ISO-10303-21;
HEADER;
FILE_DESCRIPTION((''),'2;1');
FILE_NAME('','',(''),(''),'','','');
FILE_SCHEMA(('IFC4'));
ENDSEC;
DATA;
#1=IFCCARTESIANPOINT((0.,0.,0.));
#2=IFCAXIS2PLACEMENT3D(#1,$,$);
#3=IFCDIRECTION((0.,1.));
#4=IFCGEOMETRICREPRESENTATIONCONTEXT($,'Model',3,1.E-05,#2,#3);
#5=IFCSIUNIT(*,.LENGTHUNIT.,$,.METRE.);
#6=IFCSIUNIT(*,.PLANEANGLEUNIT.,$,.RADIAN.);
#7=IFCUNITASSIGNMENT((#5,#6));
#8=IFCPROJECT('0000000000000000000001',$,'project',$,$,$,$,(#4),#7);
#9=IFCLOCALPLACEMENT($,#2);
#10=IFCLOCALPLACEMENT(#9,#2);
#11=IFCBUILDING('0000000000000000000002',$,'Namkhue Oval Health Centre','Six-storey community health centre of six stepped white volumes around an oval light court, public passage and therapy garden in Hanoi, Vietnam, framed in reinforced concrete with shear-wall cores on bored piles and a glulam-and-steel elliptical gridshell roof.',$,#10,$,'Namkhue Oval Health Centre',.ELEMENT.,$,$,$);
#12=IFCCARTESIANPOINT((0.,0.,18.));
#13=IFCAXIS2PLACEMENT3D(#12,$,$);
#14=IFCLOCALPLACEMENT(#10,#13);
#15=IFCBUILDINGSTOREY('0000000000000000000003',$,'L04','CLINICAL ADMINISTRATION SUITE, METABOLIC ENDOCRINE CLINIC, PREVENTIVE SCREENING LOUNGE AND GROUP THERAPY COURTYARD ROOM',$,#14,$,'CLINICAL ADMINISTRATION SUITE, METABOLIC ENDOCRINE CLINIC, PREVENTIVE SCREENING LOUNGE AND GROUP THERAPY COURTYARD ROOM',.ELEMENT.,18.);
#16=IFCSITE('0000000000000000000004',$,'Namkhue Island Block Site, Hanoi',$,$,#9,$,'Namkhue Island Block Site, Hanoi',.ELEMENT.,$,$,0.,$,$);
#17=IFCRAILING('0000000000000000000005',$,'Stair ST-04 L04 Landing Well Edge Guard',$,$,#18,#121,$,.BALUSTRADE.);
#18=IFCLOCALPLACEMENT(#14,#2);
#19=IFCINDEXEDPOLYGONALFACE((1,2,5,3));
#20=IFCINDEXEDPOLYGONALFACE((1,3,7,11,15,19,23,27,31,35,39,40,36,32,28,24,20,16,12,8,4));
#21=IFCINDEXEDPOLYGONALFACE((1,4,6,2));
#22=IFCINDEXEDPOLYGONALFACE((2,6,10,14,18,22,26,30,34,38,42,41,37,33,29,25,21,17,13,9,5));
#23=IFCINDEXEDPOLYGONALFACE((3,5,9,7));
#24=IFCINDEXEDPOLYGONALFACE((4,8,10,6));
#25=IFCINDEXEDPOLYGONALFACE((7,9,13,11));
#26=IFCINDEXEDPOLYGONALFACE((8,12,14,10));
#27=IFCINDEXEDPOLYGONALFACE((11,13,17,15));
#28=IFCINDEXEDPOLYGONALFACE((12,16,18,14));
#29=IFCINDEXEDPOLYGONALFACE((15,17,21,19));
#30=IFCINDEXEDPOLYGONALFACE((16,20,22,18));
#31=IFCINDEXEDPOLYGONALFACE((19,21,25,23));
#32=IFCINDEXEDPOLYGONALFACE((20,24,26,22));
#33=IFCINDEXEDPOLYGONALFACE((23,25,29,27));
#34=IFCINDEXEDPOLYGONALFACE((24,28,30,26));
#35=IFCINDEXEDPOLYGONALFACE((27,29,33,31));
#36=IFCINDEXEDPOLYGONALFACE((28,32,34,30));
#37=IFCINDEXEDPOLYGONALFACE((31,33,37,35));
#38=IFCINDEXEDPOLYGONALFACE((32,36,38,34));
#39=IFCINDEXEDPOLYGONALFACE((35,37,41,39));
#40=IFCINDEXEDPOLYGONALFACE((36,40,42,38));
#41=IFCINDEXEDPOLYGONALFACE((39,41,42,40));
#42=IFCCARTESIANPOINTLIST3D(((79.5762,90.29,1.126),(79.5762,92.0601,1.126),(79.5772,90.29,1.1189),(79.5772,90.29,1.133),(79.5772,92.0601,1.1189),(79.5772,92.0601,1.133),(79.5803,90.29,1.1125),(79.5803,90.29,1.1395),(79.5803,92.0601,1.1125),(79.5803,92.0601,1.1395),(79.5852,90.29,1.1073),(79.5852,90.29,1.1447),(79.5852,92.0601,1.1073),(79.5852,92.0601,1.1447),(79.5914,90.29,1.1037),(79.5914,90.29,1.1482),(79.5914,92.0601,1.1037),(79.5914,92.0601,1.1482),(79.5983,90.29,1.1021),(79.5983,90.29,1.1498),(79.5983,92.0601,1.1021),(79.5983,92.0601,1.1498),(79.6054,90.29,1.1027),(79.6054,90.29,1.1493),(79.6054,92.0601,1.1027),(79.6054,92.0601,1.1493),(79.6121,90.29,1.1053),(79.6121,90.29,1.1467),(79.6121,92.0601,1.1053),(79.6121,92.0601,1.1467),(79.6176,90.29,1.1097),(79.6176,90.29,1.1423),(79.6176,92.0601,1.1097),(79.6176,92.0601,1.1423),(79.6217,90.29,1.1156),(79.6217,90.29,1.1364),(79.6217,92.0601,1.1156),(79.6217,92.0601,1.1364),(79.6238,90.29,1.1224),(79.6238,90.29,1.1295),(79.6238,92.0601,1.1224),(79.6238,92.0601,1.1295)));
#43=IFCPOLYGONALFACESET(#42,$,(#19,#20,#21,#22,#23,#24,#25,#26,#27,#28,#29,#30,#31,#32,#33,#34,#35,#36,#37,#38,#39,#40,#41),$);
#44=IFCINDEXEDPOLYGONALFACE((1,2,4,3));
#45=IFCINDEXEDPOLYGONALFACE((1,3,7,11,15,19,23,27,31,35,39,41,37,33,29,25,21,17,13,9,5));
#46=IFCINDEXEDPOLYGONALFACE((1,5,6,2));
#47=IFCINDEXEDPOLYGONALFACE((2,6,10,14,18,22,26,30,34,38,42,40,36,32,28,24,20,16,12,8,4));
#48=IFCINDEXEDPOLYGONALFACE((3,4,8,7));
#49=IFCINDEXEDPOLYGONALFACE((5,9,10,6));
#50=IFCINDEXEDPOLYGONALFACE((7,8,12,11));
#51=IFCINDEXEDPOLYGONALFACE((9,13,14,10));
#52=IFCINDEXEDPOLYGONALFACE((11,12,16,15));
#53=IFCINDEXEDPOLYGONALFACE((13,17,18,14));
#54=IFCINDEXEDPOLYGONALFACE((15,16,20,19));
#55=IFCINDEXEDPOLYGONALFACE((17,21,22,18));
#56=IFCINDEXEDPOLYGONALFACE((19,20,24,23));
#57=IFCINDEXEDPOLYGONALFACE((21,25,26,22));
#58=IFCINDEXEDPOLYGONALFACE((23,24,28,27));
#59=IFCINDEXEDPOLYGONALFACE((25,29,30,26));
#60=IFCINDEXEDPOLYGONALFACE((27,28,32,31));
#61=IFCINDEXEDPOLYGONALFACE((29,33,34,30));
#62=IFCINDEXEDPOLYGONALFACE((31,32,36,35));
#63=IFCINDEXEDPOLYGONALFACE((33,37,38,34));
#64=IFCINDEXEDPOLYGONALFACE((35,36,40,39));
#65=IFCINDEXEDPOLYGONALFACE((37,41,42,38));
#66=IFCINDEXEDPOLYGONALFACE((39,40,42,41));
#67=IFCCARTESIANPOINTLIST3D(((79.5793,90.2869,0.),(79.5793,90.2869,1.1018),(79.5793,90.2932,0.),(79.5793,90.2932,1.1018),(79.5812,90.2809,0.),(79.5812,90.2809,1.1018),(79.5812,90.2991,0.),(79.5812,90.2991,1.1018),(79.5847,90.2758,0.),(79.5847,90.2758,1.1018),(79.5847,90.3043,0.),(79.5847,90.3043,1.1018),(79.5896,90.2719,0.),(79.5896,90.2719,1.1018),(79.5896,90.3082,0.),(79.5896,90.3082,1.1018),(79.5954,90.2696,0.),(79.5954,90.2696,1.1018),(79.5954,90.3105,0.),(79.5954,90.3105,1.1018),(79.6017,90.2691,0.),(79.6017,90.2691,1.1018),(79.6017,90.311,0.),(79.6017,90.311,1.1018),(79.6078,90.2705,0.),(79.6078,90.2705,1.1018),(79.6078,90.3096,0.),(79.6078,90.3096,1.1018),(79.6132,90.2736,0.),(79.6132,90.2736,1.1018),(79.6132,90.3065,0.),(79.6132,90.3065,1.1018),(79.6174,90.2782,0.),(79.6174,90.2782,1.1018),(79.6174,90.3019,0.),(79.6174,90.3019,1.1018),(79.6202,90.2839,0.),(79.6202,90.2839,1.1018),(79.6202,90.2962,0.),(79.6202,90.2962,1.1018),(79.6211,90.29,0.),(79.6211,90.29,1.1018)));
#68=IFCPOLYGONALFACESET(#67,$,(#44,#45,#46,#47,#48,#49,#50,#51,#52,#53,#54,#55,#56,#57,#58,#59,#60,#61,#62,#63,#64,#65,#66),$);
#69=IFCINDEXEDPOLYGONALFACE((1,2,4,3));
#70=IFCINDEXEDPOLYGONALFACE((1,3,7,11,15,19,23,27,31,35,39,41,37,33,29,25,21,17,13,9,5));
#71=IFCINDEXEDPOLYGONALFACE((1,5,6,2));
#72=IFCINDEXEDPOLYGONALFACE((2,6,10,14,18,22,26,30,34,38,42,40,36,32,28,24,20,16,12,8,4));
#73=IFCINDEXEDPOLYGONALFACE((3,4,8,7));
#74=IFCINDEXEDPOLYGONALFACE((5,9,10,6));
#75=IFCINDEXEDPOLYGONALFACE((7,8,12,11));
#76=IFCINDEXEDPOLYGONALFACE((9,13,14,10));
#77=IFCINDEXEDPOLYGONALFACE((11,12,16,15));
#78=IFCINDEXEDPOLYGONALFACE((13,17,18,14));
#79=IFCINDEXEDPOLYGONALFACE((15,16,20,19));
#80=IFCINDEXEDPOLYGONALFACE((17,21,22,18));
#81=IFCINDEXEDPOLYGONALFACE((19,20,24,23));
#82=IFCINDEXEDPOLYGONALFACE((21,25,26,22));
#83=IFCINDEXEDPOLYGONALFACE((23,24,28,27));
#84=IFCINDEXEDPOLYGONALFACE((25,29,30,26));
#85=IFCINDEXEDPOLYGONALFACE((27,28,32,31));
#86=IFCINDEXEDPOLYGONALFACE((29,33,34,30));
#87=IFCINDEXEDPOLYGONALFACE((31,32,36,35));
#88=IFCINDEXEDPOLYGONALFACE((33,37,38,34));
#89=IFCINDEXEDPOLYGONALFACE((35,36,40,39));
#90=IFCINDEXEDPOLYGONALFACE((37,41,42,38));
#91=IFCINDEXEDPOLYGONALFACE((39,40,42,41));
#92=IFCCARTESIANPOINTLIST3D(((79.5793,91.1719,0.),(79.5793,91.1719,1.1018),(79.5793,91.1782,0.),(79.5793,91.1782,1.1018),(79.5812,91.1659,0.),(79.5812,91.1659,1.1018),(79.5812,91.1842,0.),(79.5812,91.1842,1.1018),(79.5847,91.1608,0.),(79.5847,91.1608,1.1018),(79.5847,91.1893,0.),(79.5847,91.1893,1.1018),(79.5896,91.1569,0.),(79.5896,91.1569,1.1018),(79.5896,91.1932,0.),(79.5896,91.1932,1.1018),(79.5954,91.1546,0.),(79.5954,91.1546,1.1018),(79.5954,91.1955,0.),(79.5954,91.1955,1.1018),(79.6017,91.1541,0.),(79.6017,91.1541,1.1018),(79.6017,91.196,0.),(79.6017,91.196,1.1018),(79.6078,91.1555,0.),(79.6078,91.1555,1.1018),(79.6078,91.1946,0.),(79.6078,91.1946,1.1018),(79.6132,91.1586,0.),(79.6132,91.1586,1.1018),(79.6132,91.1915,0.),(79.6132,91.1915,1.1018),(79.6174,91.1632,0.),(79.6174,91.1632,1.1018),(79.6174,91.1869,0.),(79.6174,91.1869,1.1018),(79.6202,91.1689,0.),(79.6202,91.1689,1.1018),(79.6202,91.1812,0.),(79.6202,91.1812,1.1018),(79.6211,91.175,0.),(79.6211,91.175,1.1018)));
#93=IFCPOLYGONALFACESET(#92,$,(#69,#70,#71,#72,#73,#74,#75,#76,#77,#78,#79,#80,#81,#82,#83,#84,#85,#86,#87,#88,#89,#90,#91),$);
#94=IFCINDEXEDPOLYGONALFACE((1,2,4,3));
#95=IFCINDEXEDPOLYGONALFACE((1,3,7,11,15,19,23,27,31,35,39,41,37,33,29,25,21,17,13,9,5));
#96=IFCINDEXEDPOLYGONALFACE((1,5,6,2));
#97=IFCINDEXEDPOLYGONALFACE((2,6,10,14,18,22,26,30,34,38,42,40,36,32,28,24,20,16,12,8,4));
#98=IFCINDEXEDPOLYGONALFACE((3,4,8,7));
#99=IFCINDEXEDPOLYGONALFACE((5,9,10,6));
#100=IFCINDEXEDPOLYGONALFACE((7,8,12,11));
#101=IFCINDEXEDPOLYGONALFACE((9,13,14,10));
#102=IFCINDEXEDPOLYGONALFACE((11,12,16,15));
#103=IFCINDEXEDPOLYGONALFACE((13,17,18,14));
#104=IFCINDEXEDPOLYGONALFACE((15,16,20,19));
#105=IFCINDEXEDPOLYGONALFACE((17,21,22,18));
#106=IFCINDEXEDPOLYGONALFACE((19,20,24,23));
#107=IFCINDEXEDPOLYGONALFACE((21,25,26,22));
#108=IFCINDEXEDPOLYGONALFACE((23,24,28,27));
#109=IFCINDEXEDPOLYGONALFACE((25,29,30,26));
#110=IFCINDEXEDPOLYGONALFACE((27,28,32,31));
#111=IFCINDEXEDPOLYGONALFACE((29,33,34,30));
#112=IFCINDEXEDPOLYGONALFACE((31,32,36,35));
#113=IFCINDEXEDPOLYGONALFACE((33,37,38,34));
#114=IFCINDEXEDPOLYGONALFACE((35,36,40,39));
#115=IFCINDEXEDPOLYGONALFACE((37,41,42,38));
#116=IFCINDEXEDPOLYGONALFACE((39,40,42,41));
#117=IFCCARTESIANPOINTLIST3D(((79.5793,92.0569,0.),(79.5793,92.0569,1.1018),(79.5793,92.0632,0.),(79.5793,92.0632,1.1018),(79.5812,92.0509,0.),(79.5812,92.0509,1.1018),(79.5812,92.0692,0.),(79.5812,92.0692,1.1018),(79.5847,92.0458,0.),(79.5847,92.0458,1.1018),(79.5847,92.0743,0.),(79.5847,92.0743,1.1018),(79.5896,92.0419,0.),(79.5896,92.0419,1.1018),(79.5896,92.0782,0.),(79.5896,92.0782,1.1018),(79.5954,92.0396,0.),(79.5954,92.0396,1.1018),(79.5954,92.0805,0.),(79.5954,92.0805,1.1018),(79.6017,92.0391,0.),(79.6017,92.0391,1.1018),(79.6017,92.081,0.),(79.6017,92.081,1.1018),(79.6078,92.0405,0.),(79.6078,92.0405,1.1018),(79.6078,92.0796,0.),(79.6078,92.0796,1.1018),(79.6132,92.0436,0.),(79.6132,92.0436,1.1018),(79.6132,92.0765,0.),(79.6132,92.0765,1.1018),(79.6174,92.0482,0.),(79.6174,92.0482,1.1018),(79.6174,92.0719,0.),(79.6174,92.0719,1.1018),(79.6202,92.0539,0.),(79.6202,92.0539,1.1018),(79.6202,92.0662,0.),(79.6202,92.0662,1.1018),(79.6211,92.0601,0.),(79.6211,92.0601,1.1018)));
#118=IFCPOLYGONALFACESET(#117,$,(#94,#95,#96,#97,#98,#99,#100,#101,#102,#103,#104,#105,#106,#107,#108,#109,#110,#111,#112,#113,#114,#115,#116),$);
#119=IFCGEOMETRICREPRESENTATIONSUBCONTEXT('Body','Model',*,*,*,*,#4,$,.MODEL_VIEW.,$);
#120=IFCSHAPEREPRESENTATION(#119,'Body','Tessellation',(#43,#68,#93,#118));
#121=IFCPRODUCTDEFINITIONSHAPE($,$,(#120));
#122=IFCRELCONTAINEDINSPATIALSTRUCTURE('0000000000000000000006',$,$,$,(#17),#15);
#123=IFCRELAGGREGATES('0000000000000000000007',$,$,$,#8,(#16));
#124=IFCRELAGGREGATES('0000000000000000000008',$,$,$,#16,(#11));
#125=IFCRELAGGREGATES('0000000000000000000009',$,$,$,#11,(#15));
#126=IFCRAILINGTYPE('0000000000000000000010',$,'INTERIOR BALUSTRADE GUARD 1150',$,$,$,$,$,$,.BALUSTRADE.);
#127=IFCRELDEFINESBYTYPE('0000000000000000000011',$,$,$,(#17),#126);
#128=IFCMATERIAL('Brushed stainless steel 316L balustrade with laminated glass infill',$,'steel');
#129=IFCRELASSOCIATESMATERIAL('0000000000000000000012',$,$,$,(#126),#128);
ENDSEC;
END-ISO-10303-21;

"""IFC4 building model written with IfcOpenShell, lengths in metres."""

from ifc_helpers import new_model, si_unit, direction, frame, origin, origin_2d, place, context, subcontext, project, spatial, circle, extrude, material, type_object, element, save


model = new_model("IFC4")

# Units and contexts
model_context = context("Model", 3, precision=1e-05, world=origin(), true_north=direction((0.0, 1.0)))
body_context = subcontext(model_context, "Body", "Model", "MODEL_VIEW")
ifc_project = project(units=[si_unit("LENGTHUNIT", "METRE"), si_unit("PLANEANGLEUNIT", "RADIAN")], contexts=[model_context])

# Site, building, storey
site_placement = place(None, origin())
site = spatial("IfcSite", under=ifc_project, at=site_placement, Name="Namkhue Island Block Site, Hanoi", LongName="Namkhue Island Block Site, Hanoi", CompositionType="ELEMENT", RefElevation=0.0)
building_placement = place(site_placement, origin())
building = spatial("IfcBuilding", under=site, at=building_placement, Name="Namkhue Oval Health Centre", Description="Six-storey community health centre of six stepped white volumes around an oval light court, public passage and therapy garden in Hanoi, Vietnam, framed in reinforced concrete with shear-wall cores on bored piles and a glulam-and-steel elliptical gridshell roof.", LongName="Namkhue Oval Health Centre", CompositionType="ELEMENT")
storey_placement = place(building_placement, frame((0.0, 0.0, 18.0)))
storey = spatial("IfcBuildingStorey", under=building, at=storey_placement, Name="L04", Description="CLINICAL ADMINISTRATION SUITE, METABOLIC ENDOCRINE CLINIC, PREVENTIVE SCREENING LOUNGE AND GROUP THERAPY COURTYARD ROOM", LongName="CLINICAL ADMINISTRATION SUITE, METABOLIC ENDOCRINE CLINIC, PREVENTIVE SCREENING LOUNGE AND GROUP THERAPY COURTYARD ROOM", CompositionType="ELEMENT", Elevation=18.0)

# Railing
ifc_material_1 = material(Name="Brushed stainless steel 316L balustrade with laminated glass infill", Category="steel")
railing_type_1 = type_object("IfcRailingType", Name="INTERIOR BALUSTRADE GUARD 1150", PredefinedType="BALUSTRADE", material=ifc_material_1)
railing_1_placement = place(storey_placement, frame((79.6001, 90.29, 0.0)))
element("IfcRailing", 1, at=railing_1_placement, inside=storey, type_object=railing_type_1, Name="Stair ST-04 L04 Landing Well Edge Guard", PredefinedType="BALUSTRADE", context=body_context, shape_type="SweptSolid", body=[
    extrude(circle(Radius=0.0239, at=origin_2d()), frame((0.0, 0.0, 1.126), z_axis=(0.0, 1.0, 0.0), x_axis=(-1.0, 0.0, 0.0)), (0.0, 0.0, 1.0), 1.77),
    extrude(circle(Radius=0.021, at=origin_2d()), origin(), (0.0, 0.0, 1.0), 1.1018),
    extrude(circle(Radius=0.021, at=origin_2d()), frame((0.0, 0.885, 0.0)), (0.0, 0.0, 1.0), 1.1018),
    extrude(circle(Radius=0.021, at=origin_2d()), frame((0.0, 1.77, 0.0)), (0.0, 0.0, 1.0), 1.1018),
])

save(model, "model.ifc")
